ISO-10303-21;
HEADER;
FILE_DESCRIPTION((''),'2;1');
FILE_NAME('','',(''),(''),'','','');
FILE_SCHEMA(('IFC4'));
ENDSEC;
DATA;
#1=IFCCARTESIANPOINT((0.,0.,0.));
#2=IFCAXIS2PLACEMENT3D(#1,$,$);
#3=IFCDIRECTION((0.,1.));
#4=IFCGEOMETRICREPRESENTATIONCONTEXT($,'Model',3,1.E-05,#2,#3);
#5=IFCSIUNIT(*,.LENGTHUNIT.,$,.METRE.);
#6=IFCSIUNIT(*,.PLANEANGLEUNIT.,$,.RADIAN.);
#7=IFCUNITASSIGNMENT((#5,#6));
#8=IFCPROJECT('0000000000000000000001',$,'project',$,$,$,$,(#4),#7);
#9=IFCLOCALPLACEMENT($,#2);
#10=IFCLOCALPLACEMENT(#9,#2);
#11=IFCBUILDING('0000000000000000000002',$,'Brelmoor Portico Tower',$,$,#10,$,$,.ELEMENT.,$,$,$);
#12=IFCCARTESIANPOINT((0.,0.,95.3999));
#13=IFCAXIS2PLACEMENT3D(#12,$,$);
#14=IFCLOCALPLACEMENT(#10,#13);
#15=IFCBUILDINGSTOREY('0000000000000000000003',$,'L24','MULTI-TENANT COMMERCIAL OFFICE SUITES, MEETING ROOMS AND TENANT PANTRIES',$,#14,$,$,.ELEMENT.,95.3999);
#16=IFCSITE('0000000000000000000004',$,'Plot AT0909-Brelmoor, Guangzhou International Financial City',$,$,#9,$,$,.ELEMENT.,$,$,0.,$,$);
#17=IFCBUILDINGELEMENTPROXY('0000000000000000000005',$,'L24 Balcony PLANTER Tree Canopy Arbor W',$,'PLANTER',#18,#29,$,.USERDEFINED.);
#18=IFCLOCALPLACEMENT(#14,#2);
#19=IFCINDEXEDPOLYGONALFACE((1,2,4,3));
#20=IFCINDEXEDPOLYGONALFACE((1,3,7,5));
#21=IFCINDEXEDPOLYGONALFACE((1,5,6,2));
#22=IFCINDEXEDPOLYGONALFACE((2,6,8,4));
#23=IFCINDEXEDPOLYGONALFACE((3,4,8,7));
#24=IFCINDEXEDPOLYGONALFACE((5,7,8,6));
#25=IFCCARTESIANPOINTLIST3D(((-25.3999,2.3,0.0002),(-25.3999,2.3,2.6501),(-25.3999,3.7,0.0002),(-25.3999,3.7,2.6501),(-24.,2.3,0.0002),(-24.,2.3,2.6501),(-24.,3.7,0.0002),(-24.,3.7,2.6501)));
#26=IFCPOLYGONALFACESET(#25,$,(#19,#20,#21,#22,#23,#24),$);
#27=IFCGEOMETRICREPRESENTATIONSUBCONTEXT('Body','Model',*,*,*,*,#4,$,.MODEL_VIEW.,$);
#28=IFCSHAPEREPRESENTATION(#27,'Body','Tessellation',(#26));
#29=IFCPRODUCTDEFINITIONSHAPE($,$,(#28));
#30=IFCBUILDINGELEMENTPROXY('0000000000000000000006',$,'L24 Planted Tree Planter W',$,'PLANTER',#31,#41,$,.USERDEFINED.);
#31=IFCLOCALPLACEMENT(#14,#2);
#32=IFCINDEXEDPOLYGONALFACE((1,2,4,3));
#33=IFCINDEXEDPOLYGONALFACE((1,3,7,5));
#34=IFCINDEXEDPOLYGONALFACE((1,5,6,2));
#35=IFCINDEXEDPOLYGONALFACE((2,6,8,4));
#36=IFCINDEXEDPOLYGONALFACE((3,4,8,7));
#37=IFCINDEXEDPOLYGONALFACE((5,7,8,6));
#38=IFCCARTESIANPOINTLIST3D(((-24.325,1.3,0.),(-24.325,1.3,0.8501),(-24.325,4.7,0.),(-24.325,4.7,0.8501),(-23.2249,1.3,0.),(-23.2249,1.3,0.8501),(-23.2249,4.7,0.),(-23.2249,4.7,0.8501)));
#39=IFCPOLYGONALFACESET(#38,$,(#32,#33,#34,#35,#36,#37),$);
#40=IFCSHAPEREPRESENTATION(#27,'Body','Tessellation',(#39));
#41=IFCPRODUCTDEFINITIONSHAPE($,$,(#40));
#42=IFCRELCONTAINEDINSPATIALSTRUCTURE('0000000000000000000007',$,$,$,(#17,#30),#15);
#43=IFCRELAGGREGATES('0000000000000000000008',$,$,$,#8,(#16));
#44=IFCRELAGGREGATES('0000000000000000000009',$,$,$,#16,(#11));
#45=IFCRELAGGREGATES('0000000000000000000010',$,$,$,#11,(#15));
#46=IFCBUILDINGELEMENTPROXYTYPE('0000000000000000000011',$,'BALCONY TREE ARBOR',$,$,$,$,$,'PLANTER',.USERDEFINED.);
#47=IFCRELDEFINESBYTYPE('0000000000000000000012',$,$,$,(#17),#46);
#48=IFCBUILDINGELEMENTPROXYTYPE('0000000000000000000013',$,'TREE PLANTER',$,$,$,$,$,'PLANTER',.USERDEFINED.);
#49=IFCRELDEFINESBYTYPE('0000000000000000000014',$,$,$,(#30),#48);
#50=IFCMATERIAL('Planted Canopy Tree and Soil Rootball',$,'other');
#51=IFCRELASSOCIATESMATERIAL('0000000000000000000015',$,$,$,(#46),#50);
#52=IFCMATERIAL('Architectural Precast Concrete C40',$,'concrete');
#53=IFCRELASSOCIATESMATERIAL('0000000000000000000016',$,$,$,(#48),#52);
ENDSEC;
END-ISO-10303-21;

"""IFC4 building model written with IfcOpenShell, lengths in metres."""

from ifc_helpers import new_model, si_unit, direction, frame, origin, origin_2d, place, context, subcontext, project, spatial, rectangle, extrude, material, type_object, element, save


model = new_model("IFC4")

# Units and contexts
model_context = context("Model", 3, precision=1e-05, world=origin(), true_north=direction((0.0, 1.0)))
body_context = subcontext(model_context, "Body", "Model", "MODEL_VIEW")
ifc_project = project(units=[si_unit("LENGTHUNIT", "METRE"), si_unit("PLANEANGLEUNIT", "RADIAN")], contexts=[model_context])

# Site, building, storey
site_placement = place(None, origin())
site = spatial("IfcSite", under=ifc_project, at=site_placement, Name="Plot AT0909-Brelmoor, Guangzhou International Financial City", CompositionType="ELEMENT", RefElevation=0.0)
building_placement = place(site_placement, origin())
building = spatial("IfcBuilding", under=site, at=building_placement, Name="Brelmoor Portico Tower", CompositionType="ELEMENT")
storey_placement = place(building_placement, frame((0.0, 0.0, 95.3999)))
storey = spatial("IfcBuildingStorey", under=building, at=storey_placement, Name="L24", Description="MULTI-TENANT COMMERCIAL OFFICE SUITES, MEETING ROOMS AND TENANT PANTRIES", CompositionType="ELEMENT", Elevation=95.3999)

# Building element proxies
ifc_material_1 = material(Name="Planted Canopy Tree and Soil Rootball", Category="other")
building_element_proxy_type_1 = type_object("IfcBuildingElementProxyType", Name="BALCONY TREE ARBOR", ElementType="PLANTER", PredefinedType="USERDEFINED", material=ifc_material_1)
proxy_1_placement = place(storey_placement, frame((-24.7, 3.0, 0.0002), z_axis=(0.0, 0.0, 1.0), x_axis=(1.0, 0.0, 0.0)))
element("IfcBuildingElementProxy", 1, at=proxy_1_placement, inside=storey, type_object=building_element_proxy_type_1, Name="L24 Balcony PLANTER Tree Canopy Arbor W", ObjectType="PLANTER", PredefinedType="USERDEFINED", context=body_context, shape_type="SweptSolid", body=[
    extrude(rectangle(XDim=1.3999, YDim=1.3999, at=origin_2d()), origin(), (0.0, 0.0, 1.0), 2.6499),
])
ifc_material_2 = material(Name="Architectural Precast Concrete C40", Category="concrete")
building_element_proxy_type_2 = type_object("IfcBuildingElementProxyType", Name="TREE PLANTER", ElementType="PLANTER", PredefinedType="USERDEFINED", material=ifc_material_2)
proxy_2_placement = place(storey_placement, frame((-23.7749, 3.0, 0.0), z_axis=(0.0, 0.0, 1.0), x_axis=(0.0, 1.0, 0.0)))
element("IfcBuildingElementProxy", 2, at=proxy_2_placement, inside=storey, type_object=building_element_proxy_type_2, Name="L24 Planted Tree Planter W", ObjectType="PLANTER", PredefinedType="USERDEFINED", context=body_context, shape_type="SweptSolid", body=[
    extrude(rectangle(XDim=3.3999, YDim=1.1001, at=origin_2d()), origin(), (0.0, 0.0, 1.0), 0.8501),
])

save(model, "model.ifc")
